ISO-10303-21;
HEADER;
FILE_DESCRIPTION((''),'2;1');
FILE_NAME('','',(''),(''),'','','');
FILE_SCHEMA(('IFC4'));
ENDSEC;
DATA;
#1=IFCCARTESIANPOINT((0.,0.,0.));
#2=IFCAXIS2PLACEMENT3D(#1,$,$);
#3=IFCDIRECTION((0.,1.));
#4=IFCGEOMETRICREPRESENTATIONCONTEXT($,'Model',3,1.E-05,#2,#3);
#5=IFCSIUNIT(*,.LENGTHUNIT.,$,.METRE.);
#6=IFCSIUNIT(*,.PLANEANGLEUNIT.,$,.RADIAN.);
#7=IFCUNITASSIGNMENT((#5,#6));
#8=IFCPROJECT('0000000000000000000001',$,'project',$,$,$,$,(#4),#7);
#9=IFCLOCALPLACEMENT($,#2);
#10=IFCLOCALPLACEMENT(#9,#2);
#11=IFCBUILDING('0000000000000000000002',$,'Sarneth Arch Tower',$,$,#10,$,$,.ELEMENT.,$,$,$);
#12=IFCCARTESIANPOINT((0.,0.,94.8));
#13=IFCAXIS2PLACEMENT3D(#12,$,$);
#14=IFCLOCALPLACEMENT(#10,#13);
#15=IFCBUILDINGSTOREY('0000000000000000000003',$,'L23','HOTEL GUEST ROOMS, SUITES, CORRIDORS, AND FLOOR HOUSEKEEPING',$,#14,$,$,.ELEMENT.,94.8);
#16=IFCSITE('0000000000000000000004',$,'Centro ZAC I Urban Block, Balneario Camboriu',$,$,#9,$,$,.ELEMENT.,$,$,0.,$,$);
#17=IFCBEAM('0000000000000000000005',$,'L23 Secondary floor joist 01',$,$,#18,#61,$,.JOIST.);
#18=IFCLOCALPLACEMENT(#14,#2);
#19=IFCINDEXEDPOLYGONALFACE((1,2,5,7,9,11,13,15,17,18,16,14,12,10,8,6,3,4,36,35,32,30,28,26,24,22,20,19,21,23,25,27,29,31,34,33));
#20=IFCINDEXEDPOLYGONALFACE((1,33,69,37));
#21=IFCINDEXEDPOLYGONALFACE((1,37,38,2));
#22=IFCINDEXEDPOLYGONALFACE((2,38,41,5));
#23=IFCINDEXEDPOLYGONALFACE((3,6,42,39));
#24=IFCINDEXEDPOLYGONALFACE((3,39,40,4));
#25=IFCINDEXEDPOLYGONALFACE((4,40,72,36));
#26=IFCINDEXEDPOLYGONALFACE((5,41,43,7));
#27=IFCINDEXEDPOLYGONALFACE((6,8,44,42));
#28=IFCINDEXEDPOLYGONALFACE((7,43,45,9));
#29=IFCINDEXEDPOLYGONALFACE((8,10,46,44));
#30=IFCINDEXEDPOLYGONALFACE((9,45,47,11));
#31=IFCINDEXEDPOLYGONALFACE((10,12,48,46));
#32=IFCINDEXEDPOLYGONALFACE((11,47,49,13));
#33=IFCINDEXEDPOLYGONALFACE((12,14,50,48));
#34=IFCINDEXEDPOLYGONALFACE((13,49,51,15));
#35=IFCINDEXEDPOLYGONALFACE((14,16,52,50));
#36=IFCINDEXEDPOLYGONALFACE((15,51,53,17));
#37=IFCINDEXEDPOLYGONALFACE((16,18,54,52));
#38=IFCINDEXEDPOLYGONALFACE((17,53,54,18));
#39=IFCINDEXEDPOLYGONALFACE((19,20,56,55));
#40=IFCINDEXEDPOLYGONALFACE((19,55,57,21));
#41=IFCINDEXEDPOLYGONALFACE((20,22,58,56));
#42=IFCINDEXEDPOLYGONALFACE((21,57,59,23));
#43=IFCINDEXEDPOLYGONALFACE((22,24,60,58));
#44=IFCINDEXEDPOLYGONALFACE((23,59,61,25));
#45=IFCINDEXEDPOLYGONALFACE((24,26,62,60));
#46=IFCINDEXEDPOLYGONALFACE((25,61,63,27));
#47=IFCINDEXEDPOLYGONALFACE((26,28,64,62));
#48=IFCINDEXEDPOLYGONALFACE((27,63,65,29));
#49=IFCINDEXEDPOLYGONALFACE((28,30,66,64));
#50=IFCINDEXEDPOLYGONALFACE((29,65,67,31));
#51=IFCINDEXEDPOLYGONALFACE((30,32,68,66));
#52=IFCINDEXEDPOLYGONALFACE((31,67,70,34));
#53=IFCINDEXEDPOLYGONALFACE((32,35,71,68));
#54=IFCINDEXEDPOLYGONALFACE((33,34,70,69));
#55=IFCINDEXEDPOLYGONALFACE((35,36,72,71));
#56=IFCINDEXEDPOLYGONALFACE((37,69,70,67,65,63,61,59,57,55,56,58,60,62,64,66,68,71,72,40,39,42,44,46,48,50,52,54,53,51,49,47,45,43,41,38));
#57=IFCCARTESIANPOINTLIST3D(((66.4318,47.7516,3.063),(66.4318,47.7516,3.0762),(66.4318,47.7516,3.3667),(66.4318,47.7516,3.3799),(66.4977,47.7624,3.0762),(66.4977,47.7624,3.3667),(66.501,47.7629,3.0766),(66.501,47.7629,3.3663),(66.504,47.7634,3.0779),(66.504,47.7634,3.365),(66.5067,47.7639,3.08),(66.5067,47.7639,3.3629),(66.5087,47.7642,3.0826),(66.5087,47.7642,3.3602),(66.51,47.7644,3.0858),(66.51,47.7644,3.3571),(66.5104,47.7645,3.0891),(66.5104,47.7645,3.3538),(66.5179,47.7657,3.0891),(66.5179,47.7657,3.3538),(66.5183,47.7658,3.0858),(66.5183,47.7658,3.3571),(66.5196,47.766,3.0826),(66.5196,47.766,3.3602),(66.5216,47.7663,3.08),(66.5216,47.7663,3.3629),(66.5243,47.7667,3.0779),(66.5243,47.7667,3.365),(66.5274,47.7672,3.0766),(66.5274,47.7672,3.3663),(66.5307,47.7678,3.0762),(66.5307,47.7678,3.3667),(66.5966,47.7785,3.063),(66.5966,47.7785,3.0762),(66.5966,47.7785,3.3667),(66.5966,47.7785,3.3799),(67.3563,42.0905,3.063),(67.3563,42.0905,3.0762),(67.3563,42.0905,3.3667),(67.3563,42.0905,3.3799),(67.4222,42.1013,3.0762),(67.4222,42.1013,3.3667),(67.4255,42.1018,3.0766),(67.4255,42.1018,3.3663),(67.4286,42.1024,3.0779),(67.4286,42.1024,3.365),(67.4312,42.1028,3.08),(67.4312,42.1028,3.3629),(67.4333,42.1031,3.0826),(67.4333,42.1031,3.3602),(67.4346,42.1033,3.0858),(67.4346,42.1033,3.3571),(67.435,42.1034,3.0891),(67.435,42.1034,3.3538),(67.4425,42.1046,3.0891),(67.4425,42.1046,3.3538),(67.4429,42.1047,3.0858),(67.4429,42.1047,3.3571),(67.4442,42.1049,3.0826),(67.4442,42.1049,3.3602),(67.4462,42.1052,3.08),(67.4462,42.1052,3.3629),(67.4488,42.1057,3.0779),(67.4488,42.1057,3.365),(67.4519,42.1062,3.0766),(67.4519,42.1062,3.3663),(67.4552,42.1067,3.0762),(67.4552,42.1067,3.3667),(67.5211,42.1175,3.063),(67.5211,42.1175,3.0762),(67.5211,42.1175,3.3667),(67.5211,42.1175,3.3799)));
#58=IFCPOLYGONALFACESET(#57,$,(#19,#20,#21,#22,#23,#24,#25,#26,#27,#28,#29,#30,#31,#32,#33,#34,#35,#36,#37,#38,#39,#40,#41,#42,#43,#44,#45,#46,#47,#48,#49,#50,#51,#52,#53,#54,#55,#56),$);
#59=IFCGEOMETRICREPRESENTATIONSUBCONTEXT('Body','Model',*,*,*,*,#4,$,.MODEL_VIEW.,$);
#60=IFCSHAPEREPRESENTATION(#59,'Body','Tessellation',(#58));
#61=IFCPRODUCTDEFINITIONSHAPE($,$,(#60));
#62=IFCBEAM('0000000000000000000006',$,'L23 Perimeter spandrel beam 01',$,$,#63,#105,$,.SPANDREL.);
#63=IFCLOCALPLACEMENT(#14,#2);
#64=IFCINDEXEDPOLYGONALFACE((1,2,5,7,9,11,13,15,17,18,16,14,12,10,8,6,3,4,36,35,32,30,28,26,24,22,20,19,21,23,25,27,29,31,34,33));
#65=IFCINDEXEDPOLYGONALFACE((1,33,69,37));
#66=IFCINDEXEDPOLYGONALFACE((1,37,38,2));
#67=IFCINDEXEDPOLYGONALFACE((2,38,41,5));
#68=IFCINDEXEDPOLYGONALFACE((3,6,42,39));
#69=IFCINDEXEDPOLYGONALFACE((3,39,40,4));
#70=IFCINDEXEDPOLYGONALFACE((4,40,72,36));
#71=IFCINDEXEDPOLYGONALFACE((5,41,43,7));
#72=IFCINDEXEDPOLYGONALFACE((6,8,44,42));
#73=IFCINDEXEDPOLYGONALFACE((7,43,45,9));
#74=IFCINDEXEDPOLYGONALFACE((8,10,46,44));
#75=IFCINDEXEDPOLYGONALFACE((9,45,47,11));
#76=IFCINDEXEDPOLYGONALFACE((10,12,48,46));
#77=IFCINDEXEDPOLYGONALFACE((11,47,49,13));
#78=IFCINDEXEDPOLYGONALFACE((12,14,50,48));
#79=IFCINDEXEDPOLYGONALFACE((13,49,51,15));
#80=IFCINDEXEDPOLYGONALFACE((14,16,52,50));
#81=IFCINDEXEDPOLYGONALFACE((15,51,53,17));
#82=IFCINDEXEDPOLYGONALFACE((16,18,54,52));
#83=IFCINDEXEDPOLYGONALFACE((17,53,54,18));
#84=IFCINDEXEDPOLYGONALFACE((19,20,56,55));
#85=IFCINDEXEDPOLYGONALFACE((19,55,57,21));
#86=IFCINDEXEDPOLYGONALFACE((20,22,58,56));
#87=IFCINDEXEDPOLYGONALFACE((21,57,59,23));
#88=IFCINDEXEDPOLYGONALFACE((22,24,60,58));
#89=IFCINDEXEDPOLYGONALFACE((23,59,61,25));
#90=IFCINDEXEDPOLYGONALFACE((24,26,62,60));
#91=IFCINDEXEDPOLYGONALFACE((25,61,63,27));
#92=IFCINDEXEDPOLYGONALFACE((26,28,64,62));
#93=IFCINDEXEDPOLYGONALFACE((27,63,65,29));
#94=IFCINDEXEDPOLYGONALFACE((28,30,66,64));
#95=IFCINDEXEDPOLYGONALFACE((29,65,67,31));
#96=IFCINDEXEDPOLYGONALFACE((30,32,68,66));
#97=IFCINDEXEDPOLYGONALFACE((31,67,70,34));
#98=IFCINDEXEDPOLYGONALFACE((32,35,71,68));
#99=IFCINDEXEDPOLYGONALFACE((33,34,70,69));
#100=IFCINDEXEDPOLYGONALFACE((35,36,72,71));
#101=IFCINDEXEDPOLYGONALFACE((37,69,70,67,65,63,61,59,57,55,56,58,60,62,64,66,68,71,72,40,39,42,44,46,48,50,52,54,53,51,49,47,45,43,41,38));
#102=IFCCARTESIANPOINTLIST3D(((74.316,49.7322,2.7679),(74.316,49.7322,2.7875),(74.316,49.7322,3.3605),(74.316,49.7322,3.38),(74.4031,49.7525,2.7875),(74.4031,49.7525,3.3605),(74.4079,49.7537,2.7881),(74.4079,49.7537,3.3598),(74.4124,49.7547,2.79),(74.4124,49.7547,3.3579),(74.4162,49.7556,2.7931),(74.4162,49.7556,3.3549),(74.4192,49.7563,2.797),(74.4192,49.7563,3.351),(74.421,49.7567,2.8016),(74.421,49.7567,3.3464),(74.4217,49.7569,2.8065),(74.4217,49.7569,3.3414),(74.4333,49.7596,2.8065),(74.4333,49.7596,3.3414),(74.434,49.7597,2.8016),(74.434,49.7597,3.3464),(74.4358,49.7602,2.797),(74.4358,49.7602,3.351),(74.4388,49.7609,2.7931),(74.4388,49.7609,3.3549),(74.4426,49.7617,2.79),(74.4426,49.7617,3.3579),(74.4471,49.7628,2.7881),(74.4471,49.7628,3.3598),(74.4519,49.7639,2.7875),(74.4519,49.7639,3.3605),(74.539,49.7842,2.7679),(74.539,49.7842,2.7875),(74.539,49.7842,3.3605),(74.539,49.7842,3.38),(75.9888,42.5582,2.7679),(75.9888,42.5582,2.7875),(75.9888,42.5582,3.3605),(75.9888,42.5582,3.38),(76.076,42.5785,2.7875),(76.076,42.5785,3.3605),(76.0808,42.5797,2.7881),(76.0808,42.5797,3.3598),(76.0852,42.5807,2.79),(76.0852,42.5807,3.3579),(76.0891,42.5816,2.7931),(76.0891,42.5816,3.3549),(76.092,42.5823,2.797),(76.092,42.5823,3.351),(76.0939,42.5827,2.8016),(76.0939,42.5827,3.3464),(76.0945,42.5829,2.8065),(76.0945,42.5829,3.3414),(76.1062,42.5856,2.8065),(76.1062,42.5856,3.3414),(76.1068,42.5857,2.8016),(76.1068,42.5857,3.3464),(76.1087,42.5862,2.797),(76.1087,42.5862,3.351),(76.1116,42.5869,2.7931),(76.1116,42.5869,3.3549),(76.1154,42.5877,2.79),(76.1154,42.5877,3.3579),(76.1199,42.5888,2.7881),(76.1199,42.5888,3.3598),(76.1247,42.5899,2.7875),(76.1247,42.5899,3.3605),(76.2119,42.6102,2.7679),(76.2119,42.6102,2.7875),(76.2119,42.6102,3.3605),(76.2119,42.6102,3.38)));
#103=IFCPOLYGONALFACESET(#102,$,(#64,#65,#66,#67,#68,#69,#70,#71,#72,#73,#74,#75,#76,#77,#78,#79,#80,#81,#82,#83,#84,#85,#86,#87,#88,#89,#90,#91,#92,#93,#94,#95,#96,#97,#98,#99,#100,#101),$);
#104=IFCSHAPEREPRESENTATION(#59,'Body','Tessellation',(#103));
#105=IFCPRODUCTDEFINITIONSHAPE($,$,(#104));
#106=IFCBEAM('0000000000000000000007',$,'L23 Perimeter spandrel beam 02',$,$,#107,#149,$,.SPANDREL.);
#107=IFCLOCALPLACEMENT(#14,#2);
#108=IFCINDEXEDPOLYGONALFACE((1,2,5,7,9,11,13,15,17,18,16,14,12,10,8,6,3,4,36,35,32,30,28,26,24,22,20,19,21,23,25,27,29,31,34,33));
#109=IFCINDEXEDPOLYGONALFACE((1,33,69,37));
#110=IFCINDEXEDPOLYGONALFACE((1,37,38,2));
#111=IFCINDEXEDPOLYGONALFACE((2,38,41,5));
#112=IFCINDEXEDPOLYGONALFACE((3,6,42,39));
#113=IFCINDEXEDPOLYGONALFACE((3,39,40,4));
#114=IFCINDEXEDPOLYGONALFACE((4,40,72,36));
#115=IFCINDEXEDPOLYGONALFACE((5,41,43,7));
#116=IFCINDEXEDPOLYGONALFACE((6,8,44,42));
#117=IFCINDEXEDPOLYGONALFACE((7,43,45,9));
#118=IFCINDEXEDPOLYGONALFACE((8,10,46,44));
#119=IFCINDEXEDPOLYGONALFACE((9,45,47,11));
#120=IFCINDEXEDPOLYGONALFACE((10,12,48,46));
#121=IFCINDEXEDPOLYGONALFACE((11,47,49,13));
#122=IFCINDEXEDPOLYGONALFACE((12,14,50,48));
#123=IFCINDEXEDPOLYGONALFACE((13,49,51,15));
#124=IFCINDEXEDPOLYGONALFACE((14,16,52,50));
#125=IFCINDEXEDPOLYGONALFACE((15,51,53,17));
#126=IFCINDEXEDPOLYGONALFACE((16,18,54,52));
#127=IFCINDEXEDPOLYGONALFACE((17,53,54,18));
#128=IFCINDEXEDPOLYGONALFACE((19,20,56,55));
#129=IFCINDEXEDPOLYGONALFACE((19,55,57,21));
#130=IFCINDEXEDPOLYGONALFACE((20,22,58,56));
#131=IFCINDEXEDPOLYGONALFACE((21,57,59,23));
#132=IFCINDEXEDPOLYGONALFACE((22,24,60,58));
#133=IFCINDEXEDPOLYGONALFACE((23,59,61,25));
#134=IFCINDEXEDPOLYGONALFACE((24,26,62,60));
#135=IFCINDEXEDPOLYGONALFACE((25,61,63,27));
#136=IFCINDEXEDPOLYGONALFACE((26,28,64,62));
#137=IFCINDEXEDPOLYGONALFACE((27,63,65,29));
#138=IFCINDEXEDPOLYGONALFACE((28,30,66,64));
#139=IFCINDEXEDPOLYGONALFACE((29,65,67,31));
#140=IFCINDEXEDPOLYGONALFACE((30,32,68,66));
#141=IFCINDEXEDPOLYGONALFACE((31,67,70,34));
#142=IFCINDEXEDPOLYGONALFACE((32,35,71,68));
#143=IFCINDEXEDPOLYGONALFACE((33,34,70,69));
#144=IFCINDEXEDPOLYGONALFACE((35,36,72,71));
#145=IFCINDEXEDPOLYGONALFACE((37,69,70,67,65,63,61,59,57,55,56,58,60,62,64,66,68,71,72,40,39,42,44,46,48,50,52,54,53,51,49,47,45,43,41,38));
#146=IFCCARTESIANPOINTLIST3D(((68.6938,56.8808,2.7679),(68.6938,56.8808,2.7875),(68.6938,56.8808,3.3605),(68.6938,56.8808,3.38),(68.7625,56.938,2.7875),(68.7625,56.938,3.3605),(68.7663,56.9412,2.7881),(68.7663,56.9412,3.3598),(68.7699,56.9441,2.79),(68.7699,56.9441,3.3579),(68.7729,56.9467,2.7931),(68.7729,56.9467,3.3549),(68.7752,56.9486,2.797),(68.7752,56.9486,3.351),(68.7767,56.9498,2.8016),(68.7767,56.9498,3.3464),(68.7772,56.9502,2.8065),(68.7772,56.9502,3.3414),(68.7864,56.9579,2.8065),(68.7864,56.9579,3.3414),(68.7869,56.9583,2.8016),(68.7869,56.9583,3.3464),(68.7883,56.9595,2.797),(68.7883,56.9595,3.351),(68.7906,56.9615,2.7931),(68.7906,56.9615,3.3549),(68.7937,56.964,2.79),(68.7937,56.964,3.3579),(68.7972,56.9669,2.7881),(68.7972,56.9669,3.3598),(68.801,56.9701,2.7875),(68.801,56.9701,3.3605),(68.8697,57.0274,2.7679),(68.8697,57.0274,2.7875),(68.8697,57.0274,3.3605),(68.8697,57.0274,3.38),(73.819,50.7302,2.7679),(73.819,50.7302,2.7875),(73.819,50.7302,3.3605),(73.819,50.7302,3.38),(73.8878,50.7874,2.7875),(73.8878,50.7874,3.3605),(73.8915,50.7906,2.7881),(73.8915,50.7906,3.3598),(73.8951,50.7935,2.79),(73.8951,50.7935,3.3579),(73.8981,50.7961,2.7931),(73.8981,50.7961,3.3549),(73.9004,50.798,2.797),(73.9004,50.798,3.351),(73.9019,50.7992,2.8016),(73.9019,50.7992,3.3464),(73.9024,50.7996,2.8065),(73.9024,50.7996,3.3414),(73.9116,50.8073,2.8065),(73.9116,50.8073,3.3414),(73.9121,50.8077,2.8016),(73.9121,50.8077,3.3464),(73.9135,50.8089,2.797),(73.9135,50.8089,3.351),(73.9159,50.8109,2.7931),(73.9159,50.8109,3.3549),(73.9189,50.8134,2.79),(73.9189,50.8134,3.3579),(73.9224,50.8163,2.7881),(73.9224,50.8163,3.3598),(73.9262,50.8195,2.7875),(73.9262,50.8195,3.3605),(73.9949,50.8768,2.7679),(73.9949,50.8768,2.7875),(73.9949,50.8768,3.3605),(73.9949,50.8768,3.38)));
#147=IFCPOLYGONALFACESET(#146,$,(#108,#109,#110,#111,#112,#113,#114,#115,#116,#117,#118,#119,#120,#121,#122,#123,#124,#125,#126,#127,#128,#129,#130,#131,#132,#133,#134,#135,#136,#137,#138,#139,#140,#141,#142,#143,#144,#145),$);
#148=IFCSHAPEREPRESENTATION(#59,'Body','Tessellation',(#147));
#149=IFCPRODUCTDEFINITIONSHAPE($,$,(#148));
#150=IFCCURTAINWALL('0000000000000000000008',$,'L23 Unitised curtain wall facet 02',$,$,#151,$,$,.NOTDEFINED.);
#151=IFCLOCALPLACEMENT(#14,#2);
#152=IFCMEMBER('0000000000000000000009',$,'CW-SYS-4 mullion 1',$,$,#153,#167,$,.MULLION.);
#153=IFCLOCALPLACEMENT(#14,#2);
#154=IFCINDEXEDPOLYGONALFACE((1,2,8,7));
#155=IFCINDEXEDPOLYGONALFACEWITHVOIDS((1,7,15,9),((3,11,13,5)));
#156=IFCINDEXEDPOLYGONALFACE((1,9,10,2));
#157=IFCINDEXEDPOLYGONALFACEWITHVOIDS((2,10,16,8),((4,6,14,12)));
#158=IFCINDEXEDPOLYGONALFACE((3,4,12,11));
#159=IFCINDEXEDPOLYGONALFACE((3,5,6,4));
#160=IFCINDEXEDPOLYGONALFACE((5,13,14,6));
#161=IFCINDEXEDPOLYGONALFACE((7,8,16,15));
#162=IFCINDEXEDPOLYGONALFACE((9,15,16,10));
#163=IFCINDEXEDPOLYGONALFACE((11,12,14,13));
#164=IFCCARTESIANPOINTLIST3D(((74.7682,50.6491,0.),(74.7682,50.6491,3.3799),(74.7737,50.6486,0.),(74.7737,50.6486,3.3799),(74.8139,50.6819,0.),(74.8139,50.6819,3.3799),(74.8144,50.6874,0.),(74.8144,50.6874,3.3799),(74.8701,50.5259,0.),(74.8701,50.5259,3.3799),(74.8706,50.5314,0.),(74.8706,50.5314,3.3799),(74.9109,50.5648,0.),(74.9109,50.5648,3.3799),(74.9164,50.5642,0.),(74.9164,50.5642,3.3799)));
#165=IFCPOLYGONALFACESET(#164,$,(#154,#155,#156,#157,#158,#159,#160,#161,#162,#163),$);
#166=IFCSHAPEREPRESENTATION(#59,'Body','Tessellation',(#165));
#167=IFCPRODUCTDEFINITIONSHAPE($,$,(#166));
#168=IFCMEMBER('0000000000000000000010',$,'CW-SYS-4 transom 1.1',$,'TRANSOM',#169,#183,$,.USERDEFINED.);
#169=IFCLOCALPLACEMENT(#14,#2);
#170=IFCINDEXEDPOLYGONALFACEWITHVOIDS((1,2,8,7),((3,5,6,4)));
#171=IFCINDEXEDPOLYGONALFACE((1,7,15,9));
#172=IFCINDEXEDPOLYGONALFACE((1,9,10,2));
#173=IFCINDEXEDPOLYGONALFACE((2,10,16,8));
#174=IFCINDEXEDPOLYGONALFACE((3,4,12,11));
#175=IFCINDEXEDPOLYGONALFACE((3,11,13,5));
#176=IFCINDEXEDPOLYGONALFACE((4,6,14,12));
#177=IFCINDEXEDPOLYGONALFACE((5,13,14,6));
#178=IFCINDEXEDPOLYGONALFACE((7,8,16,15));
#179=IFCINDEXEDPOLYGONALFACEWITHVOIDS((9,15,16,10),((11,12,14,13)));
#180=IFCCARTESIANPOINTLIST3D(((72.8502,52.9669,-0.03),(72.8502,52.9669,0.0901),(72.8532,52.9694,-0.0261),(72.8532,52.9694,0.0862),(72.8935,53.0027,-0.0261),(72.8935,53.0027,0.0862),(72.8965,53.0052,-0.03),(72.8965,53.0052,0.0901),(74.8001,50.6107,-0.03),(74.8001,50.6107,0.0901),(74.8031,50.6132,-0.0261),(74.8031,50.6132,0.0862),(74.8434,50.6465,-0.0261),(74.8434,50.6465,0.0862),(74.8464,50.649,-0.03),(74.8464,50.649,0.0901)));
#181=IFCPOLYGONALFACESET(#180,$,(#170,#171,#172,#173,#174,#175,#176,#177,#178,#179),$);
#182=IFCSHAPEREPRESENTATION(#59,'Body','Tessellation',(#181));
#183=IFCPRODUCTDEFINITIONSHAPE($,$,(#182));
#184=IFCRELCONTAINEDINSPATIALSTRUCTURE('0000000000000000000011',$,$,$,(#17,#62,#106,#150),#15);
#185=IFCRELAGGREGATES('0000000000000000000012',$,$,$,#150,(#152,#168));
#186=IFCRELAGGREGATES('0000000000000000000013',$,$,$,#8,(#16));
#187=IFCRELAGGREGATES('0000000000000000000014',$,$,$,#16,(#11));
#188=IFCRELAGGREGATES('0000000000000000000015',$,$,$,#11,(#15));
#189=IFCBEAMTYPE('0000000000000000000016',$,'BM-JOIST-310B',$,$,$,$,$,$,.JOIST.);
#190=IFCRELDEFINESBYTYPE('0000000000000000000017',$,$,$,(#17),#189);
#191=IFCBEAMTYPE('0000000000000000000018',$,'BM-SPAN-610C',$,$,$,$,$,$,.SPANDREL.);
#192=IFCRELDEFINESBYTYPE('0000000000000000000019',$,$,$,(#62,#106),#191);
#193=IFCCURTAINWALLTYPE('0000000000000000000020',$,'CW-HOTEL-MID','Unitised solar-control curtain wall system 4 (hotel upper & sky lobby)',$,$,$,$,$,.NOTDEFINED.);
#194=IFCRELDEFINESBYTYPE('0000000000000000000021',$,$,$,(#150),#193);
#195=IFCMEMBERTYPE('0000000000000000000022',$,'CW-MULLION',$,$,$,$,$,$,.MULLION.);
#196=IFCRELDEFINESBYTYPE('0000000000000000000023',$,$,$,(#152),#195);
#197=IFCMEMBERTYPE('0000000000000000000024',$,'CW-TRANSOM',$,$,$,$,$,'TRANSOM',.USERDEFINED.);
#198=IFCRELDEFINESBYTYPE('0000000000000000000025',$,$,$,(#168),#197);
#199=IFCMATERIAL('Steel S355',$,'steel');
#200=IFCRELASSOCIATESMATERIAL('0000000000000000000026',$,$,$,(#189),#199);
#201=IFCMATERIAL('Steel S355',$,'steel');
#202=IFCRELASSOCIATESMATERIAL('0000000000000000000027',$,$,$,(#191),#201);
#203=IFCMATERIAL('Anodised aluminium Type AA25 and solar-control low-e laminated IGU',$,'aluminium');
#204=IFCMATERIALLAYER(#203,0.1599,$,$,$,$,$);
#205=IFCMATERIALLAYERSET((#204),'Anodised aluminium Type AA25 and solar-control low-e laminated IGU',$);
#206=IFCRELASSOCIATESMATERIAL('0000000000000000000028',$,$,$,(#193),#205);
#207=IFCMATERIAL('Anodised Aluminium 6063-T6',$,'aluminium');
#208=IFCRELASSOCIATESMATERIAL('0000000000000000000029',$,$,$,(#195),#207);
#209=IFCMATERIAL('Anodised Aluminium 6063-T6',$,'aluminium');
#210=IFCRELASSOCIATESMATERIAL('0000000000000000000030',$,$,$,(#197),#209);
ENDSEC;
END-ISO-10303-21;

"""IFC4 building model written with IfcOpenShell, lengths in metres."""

from ifc_helpers import new_model, si_unit, direction, frame, origin, origin_2d, place, context, subcontext, project, spatial, hollow_rectangle, i_section, extrude, material, layer, layer_set, material_profile, profile_set, type_object, element, aggregate, save


model = new_model("IFC4")

# Units and contexts
model_context = context("Model", 3, precision=1e-05, world=origin(), true_north=direction((0.0, 1.0)))
body_context = subcontext(model_context, "Body", "Model", "MODEL_VIEW")
ifc_project = project(units=[si_unit("LENGTHUNIT", "METRE"), si_unit("PLANEANGLEUNIT", "RADIAN")], contexts=[model_context])

# Site, building, storey
site_placement = place(None, origin())
site = spatial("IfcSite", under=ifc_project, at=site_placement, Name="Centro ZAC I Urban Block, Balneario Camboriu", CompositionType="ELEMENT", RefElevation=0.0)
building_placement = place(site_placement, origin())
building = spatial("IfcBuilding", under=site, at=building_placement, Name="Sarneth Arch Tower", CompositionType="ELEMENT")
storey_placement = place(building_placement, frame((0.0, 0.0, 94.8)))
storey = spatial("IfcBuildingStorey", under=building, at=storey_placement, Name="L23", Description="HOTEL GUEST ROOMS, SUITES, CORRIDORS, AND FLOOR HOUSEKEEPING", CompositionType="ELEMENT", Elevation=94.8)

# Beams
ifc_material_1 = material(Name="Steel S355", Category="steel")
ifc_material_profile_1 = material_profile(ifc_material_1, i_section(OverallWidth=0.167, OverallDepth=0.3169, WebThickness=0.0076, FlangeThickness=0.0132, FilletRadius=0.0129, at=origin_2d()), Name="W310x52")
ifc_profile_set_1 = profile_set([ifc_material_profile_1], Name="Steel S355")
beam_type_1 = type_object("IfcBeamType", Name="BM-JOIST-310B", PredefinedType="JOIST", material=ifc_profile_set_1)
beam_1_placement = place(storey_placement, frame((67.4387, 42.104, 3.2214), z_axis=(-0.161182, 0.986925, 0.0), x_axis=(-0.986925, -0.161182, 0.0)))
element("IfcBeam", 1, at=beam_1_placement, inside=storey, type_object=beam_type_1, Name="L23 Secondary floor joist 01", PredefinedType="JOIST", context=body_context, shape_type="SweptSolid", body=[
    extrude(i_section(OverallWidth=0.167, OverallDepth=0.3169, WebThickness=0.0076, FlangeThickness=0.0132, FilletRadius=0.0129, at=origin_2d()), origin(), (0.0, 0.0, 1.0), 5.7361),
])
ifc_material_2 = material(Name="Steel S355", Category="steel")
ifc_material_profile_2 = material_profile(ifc_material_2, i_section(OverallWidth=0.229, OverallDepth=0.6121, WebThickness=0.012, FlangeThickness=0.0195, FilletRadius=0.019, at=origin_2d()), Name="W610x125")
ifc_profile_set_2 = profile_set([ifc_material_profile_2], Name="Steel S355")
beam_type_2 = type_object("IfcBeamType", Name="BM-SPAN-610C", PredefinedType="SPANDREL", material=ifc_profile_set_2)
beam_2_placement = place(storey_placement, frame((76.1003, 42.5842, 3.074), z_axis=(-0.227088, 0.973874, 0.0), x_axis=(-0.973874, -0.227088, 0.0)))
element("IfcBeam", 2, at=beam_2_placement, inside=storey, type_object=beam_type_2, Name="L23 Perimeter spandrel beam 01", PredefinedType="SPANDREL", context=body_context, shape_type="SweptSolid", body=[
    extrude(i_section(OverallWidth=0.229, OverallDepth=0.6121, WebThickness=0.012, FlangeThickness=0.0195, FilletRadius=0.019, at=origin_2d()), origin(), (0.0, 0.0, 1.0), 7.3665),
])
beam_3_placement = place(storey_placement, frame((73.907, 50.8035, 3.074), z_axis=(-0.640163, 0.768239, 0.0), x_axis=(-0.768239, -0.640163, 0.0)))
element("IfcBeam", 3, at=beam_3_placement, inside=storey, type_object=beam_type_2, Name="L23 Perimeter spandrel beam 02", PredefinedType="SPANDREL", context=body_context, shape_type="SweptSolid", body=[
    extrude(i_section(OverallWidth=0.229, OverallDepth=0.6121, WebThickness=0.012, FlangeThickness=0.0195, FilletRadius=0.019, at=origin_2d()), origin(), (0.0, 0.0, 1.0), 8.0061),
])

# Curtain wall, members
ifc_material_3 = material(Name="Anodised aluminium Type AA25 and solar-control low-e laminated IGU", Category="aluminium")
ifc_layer_1 = layer(ifc_material_3, 0.1599)
ifc_layer_set_1 = layer_set([ifc_layer_1], Name="Anodised aluminium Type AA25 and solar-control low-e laminated IGU")
curtain_wall_type = type_object("IfcCurtainWallType", Name="CW-HOTEL-MID", Description="Unitised solar-control curtain wall system 4 (hotel upper & sky lobby)", PredefinedType="NOTDEFINED", material=ifc_layer_set_1)
curtain_wall_placement = place(storey_placement, origin())
curtain_wall = element("IfcCurtainWall", 4, at=curtain_wall_placement, inside=storey, type_object=curtain_wall_type, Name="L23 Unitised curtain wall facet 02", PredefinedType="NOTDEFINED")
ifc_material_4 = material(Name="Anodised Aluminium 6063-T6", Category="aluminium")
ifc_material_profile_3 = material_profile(ifc_material_4, hollow_rectangle(XDim=0.0601, YDim=0.1599, WallThickness=0.0039, at=origin_2d()), Name="AL-MULL-160x60x4")
ifc_profile_set_3 = profile_set([ifc_material_profile_3], Name="Anodised Aluminium 6063-T6")
member_type_1 = type_object("IfcMemberType", Name="CW-MULLION", PredefinedType="MULLION", material=ifc_profile_set_3)
member_1_placement = place(storey_placement, frame((74.8423, 50.6067, 0.0), z_axis=(0.0, 0.0, 1.0), x_axis=(-0.770438, -0.637515, 0.0)))
member_1 = element("IfcMember", 5, at=member_1_placement, type_object=member_type_1, Name="CW-SYS-4 mullion 1", PredefinedType="MULLION", context=body_context, shape_type="SweptSolid", body=[
    extrude(hollow_rectangle(XDim=0.0601, YDim=0.1599, WallThickness=0.0039, at=origin_2d()), origin(), (0.0, 0.0, 1.0), 3.3799),
])
ifc_material_5 = material(Name="Anodised Aluminium 6063-T6", Category="aluminium")
ifc_material_profile_4 = material_profile(ifc_material_5, hollow_rectangle(XDim=0.0601, YDim=0.1201, WallThickness=0.0039, at=origin_2d()), Name="AL-TRAN-120x60x4")
ifc_profile_set_4 = profile_set([ifc_material_profile_4], Name="Anodised Aluminium 6063-T6")
member_type_2 = type_object("IfcMemberType", Name="CW-TRANSOM", ElementType="TRANSOM", PredefinedType="USERDEFINED", material=ifc_profile_set_4)
member_2_placement = place(storey_placement, frame((74.8232, 50.6299, 0.03), z_axis=(-0.637566, 0.770396, 0.0), x_axis=(-0.770396, -0.637566, 0.0)))
member_2 = element("IfcMember", 6, at=member_2_placement, type_object=member_type_2, Name="CW-SYS-4 transom 1.1", ObjectType="TRANSOM", PredefinedType="USERDEFINED", context=body_context, shape_type="SweptSolid", body=[
    extrude(hollow_rectangle(XDim=0.0601, YDim=0.1201, WallThickness=0.0039, at=origin_2d()), origin(), (0.0, 0.0, 1.0), 3.0583),
])

aggregate(curtain_wall, [member_1, member_2])

save(model, "model.ifc")
